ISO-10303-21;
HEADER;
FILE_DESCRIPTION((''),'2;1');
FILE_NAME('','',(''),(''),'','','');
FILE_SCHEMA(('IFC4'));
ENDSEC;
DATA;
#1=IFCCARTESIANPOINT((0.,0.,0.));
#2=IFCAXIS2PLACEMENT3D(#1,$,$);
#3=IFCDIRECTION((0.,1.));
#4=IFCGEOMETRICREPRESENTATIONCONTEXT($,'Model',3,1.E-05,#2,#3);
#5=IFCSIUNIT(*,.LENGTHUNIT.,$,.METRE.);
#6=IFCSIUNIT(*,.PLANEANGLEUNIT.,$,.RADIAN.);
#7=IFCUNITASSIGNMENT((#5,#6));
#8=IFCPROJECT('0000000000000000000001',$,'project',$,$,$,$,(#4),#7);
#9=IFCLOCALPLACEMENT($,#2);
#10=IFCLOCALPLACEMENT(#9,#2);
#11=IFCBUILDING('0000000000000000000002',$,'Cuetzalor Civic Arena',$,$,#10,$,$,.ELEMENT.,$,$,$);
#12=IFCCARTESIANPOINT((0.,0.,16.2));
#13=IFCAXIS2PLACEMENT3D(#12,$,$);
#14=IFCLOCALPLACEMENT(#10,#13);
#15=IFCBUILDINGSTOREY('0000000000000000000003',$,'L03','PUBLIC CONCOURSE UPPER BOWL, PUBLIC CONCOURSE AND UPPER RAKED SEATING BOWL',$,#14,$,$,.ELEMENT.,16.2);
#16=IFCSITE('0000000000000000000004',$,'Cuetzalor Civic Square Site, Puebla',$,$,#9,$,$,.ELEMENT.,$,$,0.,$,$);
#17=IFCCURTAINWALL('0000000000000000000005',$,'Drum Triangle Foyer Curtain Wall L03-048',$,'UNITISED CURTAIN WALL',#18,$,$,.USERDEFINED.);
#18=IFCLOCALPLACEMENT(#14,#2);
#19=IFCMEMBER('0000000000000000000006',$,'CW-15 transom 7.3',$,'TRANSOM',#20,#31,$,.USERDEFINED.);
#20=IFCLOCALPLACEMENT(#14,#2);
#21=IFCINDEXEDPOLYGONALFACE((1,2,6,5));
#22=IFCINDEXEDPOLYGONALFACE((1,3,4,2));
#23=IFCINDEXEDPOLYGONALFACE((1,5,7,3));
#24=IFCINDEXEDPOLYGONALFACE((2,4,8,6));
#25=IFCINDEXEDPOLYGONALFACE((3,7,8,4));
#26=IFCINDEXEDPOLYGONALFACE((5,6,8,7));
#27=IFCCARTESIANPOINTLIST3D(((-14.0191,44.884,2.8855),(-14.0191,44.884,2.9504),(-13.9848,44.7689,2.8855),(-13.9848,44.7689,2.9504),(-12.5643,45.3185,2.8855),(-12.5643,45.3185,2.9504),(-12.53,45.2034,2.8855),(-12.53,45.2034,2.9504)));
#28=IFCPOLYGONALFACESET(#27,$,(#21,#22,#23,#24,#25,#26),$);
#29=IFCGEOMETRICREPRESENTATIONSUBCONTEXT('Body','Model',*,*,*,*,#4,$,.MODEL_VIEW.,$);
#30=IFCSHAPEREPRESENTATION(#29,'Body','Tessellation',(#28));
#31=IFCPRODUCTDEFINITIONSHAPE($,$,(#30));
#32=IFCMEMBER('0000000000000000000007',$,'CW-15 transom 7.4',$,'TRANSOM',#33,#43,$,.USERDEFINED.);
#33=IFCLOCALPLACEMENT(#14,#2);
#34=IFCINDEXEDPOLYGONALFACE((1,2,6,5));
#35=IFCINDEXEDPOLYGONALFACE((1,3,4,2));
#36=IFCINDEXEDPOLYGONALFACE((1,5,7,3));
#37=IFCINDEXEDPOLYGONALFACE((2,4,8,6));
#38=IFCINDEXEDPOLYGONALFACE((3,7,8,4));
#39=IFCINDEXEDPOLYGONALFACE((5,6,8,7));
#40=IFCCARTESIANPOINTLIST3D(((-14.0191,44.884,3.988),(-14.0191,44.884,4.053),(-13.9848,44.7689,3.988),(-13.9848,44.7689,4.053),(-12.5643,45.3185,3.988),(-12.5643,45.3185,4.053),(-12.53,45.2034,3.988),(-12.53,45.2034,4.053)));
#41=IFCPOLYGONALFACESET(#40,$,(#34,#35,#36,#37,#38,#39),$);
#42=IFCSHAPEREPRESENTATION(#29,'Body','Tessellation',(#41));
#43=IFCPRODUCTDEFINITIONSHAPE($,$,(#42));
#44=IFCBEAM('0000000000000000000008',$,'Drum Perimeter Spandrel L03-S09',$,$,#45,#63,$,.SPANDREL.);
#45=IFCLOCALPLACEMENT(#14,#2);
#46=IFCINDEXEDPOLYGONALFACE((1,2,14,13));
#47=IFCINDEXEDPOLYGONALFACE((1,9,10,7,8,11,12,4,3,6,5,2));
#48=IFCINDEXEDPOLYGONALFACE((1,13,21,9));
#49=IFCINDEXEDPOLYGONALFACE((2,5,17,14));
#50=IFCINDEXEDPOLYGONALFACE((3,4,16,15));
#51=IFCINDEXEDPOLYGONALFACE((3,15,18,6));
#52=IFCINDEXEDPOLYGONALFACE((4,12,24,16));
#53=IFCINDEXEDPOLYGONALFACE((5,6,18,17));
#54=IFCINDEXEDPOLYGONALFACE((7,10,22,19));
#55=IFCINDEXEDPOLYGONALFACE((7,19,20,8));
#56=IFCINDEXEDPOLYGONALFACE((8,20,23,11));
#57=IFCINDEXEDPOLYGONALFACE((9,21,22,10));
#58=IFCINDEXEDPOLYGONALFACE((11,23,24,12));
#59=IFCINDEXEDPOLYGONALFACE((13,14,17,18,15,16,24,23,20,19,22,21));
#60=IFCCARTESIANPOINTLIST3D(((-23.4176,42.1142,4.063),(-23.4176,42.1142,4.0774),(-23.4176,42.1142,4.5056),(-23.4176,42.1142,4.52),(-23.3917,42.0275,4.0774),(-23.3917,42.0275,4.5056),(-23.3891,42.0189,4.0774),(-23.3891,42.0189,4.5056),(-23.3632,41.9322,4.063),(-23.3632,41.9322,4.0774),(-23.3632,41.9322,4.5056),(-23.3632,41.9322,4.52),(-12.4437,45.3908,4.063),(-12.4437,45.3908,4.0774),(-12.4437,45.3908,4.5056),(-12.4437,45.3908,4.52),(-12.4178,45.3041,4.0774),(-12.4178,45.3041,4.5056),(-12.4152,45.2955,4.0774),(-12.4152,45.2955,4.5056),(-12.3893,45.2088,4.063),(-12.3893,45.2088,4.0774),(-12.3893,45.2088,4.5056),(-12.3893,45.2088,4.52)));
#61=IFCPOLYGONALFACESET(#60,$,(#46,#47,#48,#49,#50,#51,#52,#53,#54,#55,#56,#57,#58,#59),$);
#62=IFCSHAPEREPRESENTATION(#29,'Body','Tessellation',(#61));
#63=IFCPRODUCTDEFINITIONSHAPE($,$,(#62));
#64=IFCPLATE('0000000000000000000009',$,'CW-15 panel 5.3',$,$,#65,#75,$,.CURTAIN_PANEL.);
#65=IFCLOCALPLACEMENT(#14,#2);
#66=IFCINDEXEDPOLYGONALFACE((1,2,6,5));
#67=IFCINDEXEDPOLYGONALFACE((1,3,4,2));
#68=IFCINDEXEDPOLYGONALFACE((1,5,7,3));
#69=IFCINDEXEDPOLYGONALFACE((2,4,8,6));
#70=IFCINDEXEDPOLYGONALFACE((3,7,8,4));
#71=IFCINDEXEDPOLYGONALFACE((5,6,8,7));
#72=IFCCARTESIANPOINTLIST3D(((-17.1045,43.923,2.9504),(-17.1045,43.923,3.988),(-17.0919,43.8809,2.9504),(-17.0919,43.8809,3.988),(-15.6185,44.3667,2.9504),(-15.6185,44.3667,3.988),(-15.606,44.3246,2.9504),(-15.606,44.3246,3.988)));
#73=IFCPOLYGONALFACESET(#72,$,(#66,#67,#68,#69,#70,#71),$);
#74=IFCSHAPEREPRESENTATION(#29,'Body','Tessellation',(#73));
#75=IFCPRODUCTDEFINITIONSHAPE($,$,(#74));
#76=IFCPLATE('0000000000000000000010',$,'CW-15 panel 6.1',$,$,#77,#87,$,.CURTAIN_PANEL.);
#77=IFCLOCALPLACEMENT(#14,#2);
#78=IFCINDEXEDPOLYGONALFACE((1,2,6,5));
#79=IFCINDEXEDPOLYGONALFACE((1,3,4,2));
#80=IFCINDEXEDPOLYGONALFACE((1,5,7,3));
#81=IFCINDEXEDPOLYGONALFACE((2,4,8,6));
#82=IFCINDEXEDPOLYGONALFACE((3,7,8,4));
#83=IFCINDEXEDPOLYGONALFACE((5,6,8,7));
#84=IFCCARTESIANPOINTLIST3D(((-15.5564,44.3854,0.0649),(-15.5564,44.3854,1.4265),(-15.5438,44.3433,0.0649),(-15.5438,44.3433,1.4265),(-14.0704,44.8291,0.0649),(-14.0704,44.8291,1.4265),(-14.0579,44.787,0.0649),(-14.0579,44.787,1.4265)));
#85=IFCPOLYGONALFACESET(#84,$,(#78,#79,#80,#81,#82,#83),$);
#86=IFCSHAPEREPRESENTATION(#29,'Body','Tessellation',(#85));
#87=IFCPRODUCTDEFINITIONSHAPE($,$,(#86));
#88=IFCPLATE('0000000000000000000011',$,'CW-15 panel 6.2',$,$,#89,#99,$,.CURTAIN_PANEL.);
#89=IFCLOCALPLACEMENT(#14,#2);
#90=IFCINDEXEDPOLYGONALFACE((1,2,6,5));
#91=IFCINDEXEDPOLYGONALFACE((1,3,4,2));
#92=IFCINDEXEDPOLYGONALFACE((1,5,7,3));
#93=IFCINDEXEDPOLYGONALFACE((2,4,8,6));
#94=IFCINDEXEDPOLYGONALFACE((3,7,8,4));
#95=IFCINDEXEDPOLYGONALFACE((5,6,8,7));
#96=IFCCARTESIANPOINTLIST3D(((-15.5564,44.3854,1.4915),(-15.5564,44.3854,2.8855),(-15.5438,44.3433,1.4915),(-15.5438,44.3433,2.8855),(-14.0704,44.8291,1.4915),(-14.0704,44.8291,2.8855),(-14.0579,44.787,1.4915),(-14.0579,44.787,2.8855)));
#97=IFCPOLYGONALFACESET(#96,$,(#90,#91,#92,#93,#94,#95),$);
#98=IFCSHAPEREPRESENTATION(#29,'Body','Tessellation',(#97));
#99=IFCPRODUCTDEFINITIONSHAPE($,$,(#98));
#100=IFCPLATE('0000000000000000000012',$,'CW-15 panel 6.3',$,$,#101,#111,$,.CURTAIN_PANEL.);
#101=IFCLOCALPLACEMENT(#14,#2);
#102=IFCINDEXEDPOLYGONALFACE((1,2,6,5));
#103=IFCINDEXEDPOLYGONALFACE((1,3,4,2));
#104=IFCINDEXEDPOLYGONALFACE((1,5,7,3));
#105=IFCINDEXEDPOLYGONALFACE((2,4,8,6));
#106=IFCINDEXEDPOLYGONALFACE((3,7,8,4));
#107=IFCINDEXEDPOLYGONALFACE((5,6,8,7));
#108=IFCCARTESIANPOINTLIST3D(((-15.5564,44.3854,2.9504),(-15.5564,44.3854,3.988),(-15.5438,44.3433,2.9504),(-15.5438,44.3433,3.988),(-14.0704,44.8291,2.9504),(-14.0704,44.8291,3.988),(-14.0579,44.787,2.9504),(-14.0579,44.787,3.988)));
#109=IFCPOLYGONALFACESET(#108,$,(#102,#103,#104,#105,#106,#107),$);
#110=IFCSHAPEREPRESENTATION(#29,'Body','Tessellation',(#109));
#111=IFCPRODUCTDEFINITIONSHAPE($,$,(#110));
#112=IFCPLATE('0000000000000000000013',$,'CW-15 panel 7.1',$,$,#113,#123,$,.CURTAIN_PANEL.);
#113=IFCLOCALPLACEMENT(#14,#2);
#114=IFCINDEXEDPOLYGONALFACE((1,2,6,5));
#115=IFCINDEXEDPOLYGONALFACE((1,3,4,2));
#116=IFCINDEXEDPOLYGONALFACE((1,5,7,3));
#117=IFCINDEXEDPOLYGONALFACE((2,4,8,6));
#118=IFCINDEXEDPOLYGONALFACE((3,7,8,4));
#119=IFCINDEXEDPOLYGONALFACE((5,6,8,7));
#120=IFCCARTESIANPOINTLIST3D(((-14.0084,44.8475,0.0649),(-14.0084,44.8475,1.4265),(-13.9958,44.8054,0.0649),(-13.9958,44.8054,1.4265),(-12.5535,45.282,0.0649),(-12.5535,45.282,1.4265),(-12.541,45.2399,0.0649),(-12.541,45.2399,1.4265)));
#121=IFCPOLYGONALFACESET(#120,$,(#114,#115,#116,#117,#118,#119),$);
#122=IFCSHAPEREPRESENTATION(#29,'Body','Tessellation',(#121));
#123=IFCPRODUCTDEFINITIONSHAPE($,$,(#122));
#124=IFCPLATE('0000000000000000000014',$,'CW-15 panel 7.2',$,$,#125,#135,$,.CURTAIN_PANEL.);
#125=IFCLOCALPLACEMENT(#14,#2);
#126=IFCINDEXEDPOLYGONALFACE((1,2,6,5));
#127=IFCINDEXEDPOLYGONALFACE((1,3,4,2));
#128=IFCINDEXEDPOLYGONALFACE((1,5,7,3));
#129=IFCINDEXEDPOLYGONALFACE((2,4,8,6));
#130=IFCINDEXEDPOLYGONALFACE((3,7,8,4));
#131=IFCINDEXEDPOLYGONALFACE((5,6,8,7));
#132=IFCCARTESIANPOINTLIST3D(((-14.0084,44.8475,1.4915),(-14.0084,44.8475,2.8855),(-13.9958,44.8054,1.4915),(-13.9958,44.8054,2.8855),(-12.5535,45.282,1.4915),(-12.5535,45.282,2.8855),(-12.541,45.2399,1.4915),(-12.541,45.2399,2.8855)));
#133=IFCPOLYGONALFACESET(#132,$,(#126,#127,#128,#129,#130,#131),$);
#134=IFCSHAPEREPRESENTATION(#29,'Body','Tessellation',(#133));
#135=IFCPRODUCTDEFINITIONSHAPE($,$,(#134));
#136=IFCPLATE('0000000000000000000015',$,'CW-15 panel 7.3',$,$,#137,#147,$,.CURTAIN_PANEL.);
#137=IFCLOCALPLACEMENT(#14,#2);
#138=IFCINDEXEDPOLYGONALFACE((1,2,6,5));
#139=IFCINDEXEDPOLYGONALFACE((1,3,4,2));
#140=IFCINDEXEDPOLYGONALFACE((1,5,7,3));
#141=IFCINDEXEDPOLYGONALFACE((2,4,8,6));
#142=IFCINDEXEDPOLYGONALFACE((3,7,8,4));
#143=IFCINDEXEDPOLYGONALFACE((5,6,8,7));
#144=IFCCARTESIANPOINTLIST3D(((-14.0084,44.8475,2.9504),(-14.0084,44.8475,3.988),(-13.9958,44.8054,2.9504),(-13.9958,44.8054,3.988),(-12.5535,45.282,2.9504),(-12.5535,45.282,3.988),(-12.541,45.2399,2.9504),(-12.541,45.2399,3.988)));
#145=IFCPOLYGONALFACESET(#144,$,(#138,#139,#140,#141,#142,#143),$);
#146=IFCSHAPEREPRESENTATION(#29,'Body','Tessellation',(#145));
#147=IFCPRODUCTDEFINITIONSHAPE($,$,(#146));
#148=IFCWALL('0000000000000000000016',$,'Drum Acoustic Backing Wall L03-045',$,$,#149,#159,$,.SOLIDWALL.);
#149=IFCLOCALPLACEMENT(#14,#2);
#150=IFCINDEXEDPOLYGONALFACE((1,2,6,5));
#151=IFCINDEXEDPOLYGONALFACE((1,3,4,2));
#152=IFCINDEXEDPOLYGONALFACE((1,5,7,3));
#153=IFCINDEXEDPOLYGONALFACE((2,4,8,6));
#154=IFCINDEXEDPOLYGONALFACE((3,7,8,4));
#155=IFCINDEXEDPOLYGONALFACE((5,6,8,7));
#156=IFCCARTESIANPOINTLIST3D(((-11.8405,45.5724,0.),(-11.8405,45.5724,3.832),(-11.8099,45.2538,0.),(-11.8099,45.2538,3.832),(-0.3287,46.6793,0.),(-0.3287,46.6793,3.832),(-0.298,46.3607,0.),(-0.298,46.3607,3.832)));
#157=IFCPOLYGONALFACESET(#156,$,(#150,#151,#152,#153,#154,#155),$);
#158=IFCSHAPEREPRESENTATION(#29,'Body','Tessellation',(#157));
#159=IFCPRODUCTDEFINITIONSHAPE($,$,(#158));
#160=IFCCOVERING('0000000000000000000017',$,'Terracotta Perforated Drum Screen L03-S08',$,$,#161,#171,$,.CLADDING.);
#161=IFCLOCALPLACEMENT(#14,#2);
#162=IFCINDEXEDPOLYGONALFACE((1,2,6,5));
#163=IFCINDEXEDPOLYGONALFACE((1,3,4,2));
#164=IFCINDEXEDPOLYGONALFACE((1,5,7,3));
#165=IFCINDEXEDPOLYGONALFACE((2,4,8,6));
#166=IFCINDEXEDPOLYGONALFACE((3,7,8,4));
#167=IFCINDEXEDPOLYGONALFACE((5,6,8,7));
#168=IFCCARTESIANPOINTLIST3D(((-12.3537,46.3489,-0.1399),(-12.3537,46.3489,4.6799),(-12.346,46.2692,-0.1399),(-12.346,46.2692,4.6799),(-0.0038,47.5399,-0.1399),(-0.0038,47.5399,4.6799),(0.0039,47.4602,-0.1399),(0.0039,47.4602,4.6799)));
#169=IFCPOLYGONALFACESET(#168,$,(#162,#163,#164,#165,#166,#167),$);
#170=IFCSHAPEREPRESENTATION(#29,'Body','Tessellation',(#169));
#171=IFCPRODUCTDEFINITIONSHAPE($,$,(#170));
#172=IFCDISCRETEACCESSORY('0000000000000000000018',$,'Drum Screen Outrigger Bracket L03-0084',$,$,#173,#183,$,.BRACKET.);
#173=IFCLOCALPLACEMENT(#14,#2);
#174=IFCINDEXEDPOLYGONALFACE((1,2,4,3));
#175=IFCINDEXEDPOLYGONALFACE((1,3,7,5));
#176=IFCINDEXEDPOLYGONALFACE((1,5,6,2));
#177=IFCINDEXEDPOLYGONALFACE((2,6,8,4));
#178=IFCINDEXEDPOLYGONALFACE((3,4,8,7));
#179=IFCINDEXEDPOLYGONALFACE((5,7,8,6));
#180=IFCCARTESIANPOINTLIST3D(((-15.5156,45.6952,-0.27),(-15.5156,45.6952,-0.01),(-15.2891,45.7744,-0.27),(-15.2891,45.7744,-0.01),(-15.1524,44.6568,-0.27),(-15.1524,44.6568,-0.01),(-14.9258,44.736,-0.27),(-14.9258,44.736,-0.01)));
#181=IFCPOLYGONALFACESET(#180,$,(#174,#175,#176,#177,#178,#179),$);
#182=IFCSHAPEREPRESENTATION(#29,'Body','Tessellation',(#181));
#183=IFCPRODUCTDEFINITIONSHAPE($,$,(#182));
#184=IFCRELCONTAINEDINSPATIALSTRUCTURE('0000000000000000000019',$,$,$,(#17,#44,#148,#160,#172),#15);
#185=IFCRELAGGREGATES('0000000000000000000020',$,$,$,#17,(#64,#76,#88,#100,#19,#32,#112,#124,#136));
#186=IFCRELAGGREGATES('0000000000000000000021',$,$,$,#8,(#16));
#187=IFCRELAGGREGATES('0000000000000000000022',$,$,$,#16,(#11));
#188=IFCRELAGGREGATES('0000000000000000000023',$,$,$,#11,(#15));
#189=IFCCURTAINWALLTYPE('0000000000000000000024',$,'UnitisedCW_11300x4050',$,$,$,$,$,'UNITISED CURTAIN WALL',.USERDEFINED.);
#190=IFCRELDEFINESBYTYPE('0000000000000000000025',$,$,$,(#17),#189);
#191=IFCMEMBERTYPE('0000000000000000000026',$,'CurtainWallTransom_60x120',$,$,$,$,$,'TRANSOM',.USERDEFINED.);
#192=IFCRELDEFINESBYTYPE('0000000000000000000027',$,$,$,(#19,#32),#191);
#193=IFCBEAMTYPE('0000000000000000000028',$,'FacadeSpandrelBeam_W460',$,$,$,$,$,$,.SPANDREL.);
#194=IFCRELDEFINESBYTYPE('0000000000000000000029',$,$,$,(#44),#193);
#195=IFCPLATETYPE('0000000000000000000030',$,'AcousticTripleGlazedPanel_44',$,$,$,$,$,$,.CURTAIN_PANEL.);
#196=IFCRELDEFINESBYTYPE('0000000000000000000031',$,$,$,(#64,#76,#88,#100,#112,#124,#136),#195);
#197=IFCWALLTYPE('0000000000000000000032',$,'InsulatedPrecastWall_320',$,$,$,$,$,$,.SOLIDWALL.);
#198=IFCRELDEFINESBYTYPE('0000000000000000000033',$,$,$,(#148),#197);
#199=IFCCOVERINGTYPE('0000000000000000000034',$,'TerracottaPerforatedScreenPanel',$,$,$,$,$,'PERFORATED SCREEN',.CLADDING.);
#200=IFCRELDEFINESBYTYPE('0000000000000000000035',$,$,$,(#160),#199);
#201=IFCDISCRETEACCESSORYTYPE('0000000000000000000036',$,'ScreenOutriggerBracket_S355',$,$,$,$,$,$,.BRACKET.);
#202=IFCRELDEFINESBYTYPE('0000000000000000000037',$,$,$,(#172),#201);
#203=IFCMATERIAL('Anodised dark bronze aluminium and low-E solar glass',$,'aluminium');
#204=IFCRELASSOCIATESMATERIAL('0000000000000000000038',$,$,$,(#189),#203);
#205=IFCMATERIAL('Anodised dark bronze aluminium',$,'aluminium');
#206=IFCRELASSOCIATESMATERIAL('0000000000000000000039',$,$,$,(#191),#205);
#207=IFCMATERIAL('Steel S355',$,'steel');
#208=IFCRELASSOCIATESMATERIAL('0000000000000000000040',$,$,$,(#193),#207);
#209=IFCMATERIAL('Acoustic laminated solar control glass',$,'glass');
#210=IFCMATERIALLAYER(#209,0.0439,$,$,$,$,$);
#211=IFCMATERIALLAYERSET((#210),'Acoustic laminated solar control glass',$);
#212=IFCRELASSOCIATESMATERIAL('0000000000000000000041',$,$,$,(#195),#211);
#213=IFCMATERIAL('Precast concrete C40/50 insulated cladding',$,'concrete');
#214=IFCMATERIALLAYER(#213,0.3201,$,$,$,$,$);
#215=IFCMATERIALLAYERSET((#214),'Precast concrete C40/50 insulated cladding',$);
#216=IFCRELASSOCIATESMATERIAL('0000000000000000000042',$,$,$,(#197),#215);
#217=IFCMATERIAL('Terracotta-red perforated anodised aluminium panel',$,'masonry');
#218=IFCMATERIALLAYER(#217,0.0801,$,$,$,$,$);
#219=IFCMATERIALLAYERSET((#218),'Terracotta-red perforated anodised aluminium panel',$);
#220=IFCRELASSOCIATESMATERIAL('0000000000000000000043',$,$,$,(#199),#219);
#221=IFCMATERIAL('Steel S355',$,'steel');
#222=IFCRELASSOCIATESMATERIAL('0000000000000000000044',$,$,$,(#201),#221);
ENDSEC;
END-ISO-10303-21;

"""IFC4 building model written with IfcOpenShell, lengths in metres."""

from ifc_helpers import new_model, si_unit, direction, frame, frame_2d, origin, origin_2d, place, context, subcontext, project, spatial, rectangle, i_section, extrude, material, layer, layer_set, material_profile, profile_set, type_object, element, aggregate, save


model = new_model("IFC4")

# Units and contexts
model_context = context("Model", 3, precision=1e-05, world=origin(), true_north=direction((0.0, 1.0)))
body_context = subcontext(model_context, "Body", "Model", "MODEL_VIEW")
ifc_project = project(units=[si_unit("LENGTHUNIT", "METRE"), si_unit("PLANEANGLEUNIT", "RADIAN")], contexts=[model_context])

# Site, building, storey
site_placement = place(None, origin())
site = spatial("IfcSite", under=ifc_project, at=site_placement, Name="Cuetzalor Civic Square Site, Puebla", CompositionType="ELEMENT", RefElevation=0.0)
building_placement = place(site_placement, origin())
building = spatial("IfcBuilding", under=site, at=building_placement, Name="Cuetzalor Civic Arena", CompositionType="ELEMENT")
storey_placement = place(building_placement, frame((0.0, 0.0, 16.2)))
storey = spatial("IfcBuildingStorey", under=building, at=storey_placement, Name="L03", Description="PUBLIC CONCOURSE UPPER BOWL, PUBLIC CONCOURSE AND UPPER RAKED SEATING BOWL", CompositionType="ELEMENT", Elevation=16.2)

# Curtain wall, members
ifc_material_1 = material(Name="Anodised dark bronze aluminium and low-E solar glass", Category="aluminium")
curtain_wall_type = type_object("IfcCurtainWallType", Name="UnitisedCW_11300x4050", ElementType="UNITISED CURTAIN WALL", PredefinedType="USERDEFINED", material=ifc_material_1)
curtain_wall_placement = place(storey_placement, origin())
curtain_wall = element("IfcCurtainWall", 1, at=curtain_wall_placement, inside=storey, type_object=curtain_wall_type, Name="Drum Triangle Foyer Curtain Wall L03-048", ObjectType="UNITISED CURTAIN WALL", PredefinedType="USERDEFINED")
ifc_material_2 = material(Name="Anodised dark bronze aluminium", Category="aluminium")
ifc_material_profile_1 = material_profile(ifc_material_2, rectangle(XDim=0.1201, YDim=0.0649, at=origin_2d()), Name="ALU TRANSOM 65x120")
ifc_profile_set_1 = profile_set([ifc_material_profile_1], Name="Anodised dark bronze aluminium")
member_type_1 = type_object("IfcMemberType", Name="CurtainWallTransom_60x120", ElementType="TRANSOM", PredefinedType="USERDEFINED", material=ifc_profile_set_1)
member_1_placement = place(storey_placement, frame((-14.002, 44.8264, 2.918), z_axis=(0.958166, 0.286212, 0.0), x_axis=(-0.286212, 0.958166, 0.0)))
member_1 = element("IfcMember", 2, at=member_1_placement, type_object=member_type_1, Name="CW-15 transom 7.3", ObjectType="TRANSOM", PredefinedType="USERDEFINED", context=body_context, shape_type="SweptSolid", body=[
    extrude(rectangle(XDim=0.1201, YDim=0.0649, at=origin_2d()), origin(), (0.0, 0.0, 1.0), 1.5183),
])
member_2_placement = place(storey_placement, frame((-14.002, 44.8264, 4.0205), z_axis=(0.958166, 0.286212, 0.0), x_axis=(-0.286212, 0.958166, 0.0)))
member_2 = element("IfcMember", 3, at=member_2_placement, type_object=member_type_1, Name="CW-15 transom 7.4", ObjectType="TRANSOM", PredefinedType="USERDEFINED", context=body_context, shape_type="SweptSolid", body=[
    extrude(rectangle(XDim=0.1201, YDim=0.0649, at=origin_2d()), origin(), (0.0, 0.0, 1.0), 1.5183),
])

# Beam
ifc_material_3 = material(Name="Steel S355", Category="steel")
ifc_material_profile_2 = material_profile(ifc_material_3, i_section(OverallWidth=0.1899, OverallDepth=0.457, WebThickness=0.009, FlangeThickness=0.0144, at=origin_2d()), Name="W460x74")
ifc_profile_set_2 = profile_set([ifc_material_profile_2], Name="Steel S355")
beam_type = type_object("IfcBeamType", Name="FacadeSpandrelBeam_W460", PredefinedType="SPANDREL", material=ifc_profile_set_2)
beam_placement = place(storey_placement, frame((-12.4165, 45.2998, 4.2915), z_axis=(-0.958199, -0.286102, 0.0), x_axis=(0.286102, -0.958199, 0.0)))
element("IfcBeam", 4, at=beam_placement, inside=storey, type_object=beam_type, Name="Drum Perimeter Spandrel L03-S09", PredefinedType="SPANDREL", context=body_context, shape_type="SweptSolid", body=[
    extrude(i_section(OverallWidth=0.1899, OverallDepth=0.457, WebThickness=0.009, FlangeThickness=0.0144, at=origin_2d()), origin(), (0.0, 0.0, 1.0), 11.4526),
])

# Plates
ifc_material_4 = material(Name="Acoustic laminated solar control glass", Category="glass")
ifc_layer_1 = layer(ifc_material_4, 0.0439)
ifc_layer_set_1 = layer_set([ifc_layer_1], Name="Acoustic laminated solar control glass")
plate_type = type_object("IfcPlateType", Name="AcousticTripleGlazedPanel_44", PredefinedType="CURTAIN_PANEL", material=ifc_layer_set_1)
plate_1_placement = place(storey_placement, frame((-16.3552, 44.1238, 2.9504), z_axis=(0.0, 0.0, 1.0), x_axis=(0.958194, 0.28612, 0.0)))
plate_1 = element("IfcPlate", 5, at=plate_1_placement, type_object=plate_type, Name="CW-15 panel 5.3", PredefinedType="CURTAIN_PANEL", context=body_context, shape_type="SweptSolid", body=[
    extrude(rectangle(XDim=1.5508, YDim=0.0439, at=origin_2d()), origin(), (0.0, 0.0, 1.0), 1.0376),
])
plate_2_placement = place(storey_placement, frame((-14.8071, 44.5862, 0.0649), z_axis=(0.0, 0.0, 1.0), x_axis=(0.958194, 0.28612, 0.0)))
plate_2 = element("IfcPlate", 6, at=plate_2_placement, type_object=plate_type, Name="CW-15 panel 6.1", PredefinedType="CURTAIN_PANEL", context=body_context, shape_type="SweptSolid", body=[
    extrude(rectangle(XDim=1.5508, YDim=0.0439, at=origin_2d()), origin(), (0.0, 0.0, 1.0), 1.3616),
])
plate_3_placement = place(storey_placement, frame((-14.8071, 44.5862, 1.4915), z_axis=(0.0, 0.0, 1.0), x_axis=(0.958194, 0.28612, 0.0)))
plate_3 = element("IfcPlate", 7, at=plate_3_placement, type_object=plate_type, Name="CW-15 panel 6.2", PredefinedType="CURTAIN_PANEL", context=body_context, shape_type="SweptSolid", body=[
    extrude(rectangle(XDim=1.5508, YDim=0.0439, at=origin_2d()), origin(), (0.0, 0.0, 1.0), 1.394),
])
plate_4_placement = place(storey_placement, frame((-14.8071, 44.5862, 2.9504), z_axis=(0.0, 0.0, 1.0), x_axis=(0.958194, 0.28612, 0.0)))
plate_4 = element("IfcPlate", 8, at=plate_4_placement, type_object=plate_type, Name="CW-15 panel 6.3", PredefinedType="CURTAIN_PANEL", context=body_context, shape_type="SweptSolid", body=[
    extrude(rectangle(XDim=1.5508, YDim=0.0439, at=origin_2d()), origin(), (0.0, 0.0, 1.0), 1.0376),
])
plate_5_placement = place(storey_placement, frame((-13.2747, 45.0437, 0.0649), z_axis=(0.0, 0.0, 1.0), x_axis=(0.958194, 0.28612, 0.0)))
plate_5 = element("IfcPlate", 9, at=plate_5_placement, type_object=plate_type, Name="CW-15 panel 7.1", PredefinedType="CURTAIN_PANEL", context=body_context, shape_type="SweptSolid", body=[
    extrude(rectangle(XDim=1.5183, YDim=0.0439, at=origin_2d()), origin(), (0.0, 0.0, 1.0), 1.3616),
])
plate_6_placement = place(storey_placement, frame((-13.2747, 45.0437, 1.4915), z_axis=(0.0, 0.0, 1.0), x_axis=(0.958194, 0.28612, 0.0)))
plate_6 = element("IfcPlate", 10, at=plate_6_placement, type_object=plate_type, Name="CW-15 panel 7.2", PredefinedType="CURTAIN_PANEL", context=body_context, shape_type="SweptSolid", body=[
    extrude(rectangle(XDim=1.5183, YDim=0.0439, at=origin_2d()), origin(), (0.0, 0.0, 1.0), 1.394),
])
plate_7_placement = place(storey_placement, frame((-13.2747, 45.0437, 2.9504), z_axis=(0.0, 0.0, 1.0), x_axis=(0.958194, 0.28612, 0.0)))
plate_7 = element("IfcPlate", 11, at=plate_7_placement, type_object=plate_type, Name="CW-15 panel 7.3", PredefinedType="CURTAIN_PANEL", context=body_context, shape_type="SweptSolid", body=[
    extrude(rectangle(XDim=1.5183, YDim=0.0439, at=origin_2d()), origin(), (0.0, 0.0, 1.0), 1.0376),
])
aggregate(curtain_wall, [plate_1, plate_2, plate_3, plate_4, member_1, member_2, plate_5, plate_6, plate_7])

# Wall
ifc_material_5 = material(Name="Precast concrete C40/50 insulated cladding", Category="concrete")
ifc_layer_2 = layer(ifc_material_5, 0.3201)
ifc_layer_set_2 = layer_set([ifc_layer_2], Name="Precast concrete C40/50 insulated cladding")
wall_type = type_object("IfcWallType", Name="InsulatedPrecastWall_320", PredefinedType="SOLIDWALL", material=ifc_layer_set_2)
wall_placement = place(storey_placement, frame((-11.8252, 45.4131, 0.0), z_axis=(0.0, 0.0, 1.0), x_axis=(0.995409, 0.095714, 0.0)))
element("IfcWall", 12, at=wall_placement, inside=storey, type_object=wall_type, Name="Drum Acoustic Backing Wall L03-045", PredefinedType="SOLIDWALL", context=body_context, shape_type="SweptSolid", body=[
    extrude(rectangle(XDim=11.5649, YDim=0.3201, at=frame_2d((5.7825, 0.0))), origin(), (0.0, 0.0, 1.0), 3.832),
])

# Covering
ifc_material_6 = material(Name="Terracotta-red perforated anodised aluminium panel", Category="masonry")
ifc_layer_3 = layer(ifc_material_6, 0.0801)
ifc_layer_set_3 = layer_set([ifc_layer_3], Name="Terracotta-red perforated anodised aluminium panel")
covering_type = type_object("IfcCoveringType", Name="TerracottaPerforatedScreenPanel", ElementType="PERFORATED SCREEN", PredefinedType="CLADDING", material=ifc_layer_set_3)
covering_placement = place(storey_placement, frame((-12.3499, 46.3091, -0.1399), z_axis=(0.0, 0.0, 1.0), x_axis=(0.995383, 0.095986, 0.0)))
element("IfcCovering", 13, at=covering_placement, inside=storey, type_object=covering_type, Name="Terracotta Perforated Drum Screen L03-S08", PredefinedType="CLADDING", context=body_context, shape_type="SweptSolid", body=[
    extrude(rectangle(XDim=12.4072, YDim=0.0801, at=frame_2d((6.2036, 0.0))), origin(), (0.0, 0.0, 1.0), 4.8198),
])

# Discrete accessory
ifc_material_7 = material(Name="Steel S355", Category="steel")
discrete_accessory_type = type_object("IfcDiscreteAccessoryType", Name="ScreenOutriggerBracket_S355", PredefinedType="BRACKET", material=ifc_material_7)
discrete_accessory_placement = place(storey_placement, frame((-15.2207, 45.2156, -0.27), z_axis=(0.0, 0.0, 1.0), x_axis=(-0.330185, 0.943916, 0.0)))
element("IfcDiscreteAccessory", 14, at=discrete_accessory_placement, inside=storey, type_object=discrete_accessory_type, Name="Drum Screen Outrigger Bracket L03-0084", PredefinedType="BRACKET", context=body_context, shape_type="SweptSolid", body=[
    extrude(rectangle(XDim=1.1001, YDim=0.24, at=origin_2d()), origin(), (0.0, 0.0, 1.0), 0.26),
])

save(model, "model.ifc")
